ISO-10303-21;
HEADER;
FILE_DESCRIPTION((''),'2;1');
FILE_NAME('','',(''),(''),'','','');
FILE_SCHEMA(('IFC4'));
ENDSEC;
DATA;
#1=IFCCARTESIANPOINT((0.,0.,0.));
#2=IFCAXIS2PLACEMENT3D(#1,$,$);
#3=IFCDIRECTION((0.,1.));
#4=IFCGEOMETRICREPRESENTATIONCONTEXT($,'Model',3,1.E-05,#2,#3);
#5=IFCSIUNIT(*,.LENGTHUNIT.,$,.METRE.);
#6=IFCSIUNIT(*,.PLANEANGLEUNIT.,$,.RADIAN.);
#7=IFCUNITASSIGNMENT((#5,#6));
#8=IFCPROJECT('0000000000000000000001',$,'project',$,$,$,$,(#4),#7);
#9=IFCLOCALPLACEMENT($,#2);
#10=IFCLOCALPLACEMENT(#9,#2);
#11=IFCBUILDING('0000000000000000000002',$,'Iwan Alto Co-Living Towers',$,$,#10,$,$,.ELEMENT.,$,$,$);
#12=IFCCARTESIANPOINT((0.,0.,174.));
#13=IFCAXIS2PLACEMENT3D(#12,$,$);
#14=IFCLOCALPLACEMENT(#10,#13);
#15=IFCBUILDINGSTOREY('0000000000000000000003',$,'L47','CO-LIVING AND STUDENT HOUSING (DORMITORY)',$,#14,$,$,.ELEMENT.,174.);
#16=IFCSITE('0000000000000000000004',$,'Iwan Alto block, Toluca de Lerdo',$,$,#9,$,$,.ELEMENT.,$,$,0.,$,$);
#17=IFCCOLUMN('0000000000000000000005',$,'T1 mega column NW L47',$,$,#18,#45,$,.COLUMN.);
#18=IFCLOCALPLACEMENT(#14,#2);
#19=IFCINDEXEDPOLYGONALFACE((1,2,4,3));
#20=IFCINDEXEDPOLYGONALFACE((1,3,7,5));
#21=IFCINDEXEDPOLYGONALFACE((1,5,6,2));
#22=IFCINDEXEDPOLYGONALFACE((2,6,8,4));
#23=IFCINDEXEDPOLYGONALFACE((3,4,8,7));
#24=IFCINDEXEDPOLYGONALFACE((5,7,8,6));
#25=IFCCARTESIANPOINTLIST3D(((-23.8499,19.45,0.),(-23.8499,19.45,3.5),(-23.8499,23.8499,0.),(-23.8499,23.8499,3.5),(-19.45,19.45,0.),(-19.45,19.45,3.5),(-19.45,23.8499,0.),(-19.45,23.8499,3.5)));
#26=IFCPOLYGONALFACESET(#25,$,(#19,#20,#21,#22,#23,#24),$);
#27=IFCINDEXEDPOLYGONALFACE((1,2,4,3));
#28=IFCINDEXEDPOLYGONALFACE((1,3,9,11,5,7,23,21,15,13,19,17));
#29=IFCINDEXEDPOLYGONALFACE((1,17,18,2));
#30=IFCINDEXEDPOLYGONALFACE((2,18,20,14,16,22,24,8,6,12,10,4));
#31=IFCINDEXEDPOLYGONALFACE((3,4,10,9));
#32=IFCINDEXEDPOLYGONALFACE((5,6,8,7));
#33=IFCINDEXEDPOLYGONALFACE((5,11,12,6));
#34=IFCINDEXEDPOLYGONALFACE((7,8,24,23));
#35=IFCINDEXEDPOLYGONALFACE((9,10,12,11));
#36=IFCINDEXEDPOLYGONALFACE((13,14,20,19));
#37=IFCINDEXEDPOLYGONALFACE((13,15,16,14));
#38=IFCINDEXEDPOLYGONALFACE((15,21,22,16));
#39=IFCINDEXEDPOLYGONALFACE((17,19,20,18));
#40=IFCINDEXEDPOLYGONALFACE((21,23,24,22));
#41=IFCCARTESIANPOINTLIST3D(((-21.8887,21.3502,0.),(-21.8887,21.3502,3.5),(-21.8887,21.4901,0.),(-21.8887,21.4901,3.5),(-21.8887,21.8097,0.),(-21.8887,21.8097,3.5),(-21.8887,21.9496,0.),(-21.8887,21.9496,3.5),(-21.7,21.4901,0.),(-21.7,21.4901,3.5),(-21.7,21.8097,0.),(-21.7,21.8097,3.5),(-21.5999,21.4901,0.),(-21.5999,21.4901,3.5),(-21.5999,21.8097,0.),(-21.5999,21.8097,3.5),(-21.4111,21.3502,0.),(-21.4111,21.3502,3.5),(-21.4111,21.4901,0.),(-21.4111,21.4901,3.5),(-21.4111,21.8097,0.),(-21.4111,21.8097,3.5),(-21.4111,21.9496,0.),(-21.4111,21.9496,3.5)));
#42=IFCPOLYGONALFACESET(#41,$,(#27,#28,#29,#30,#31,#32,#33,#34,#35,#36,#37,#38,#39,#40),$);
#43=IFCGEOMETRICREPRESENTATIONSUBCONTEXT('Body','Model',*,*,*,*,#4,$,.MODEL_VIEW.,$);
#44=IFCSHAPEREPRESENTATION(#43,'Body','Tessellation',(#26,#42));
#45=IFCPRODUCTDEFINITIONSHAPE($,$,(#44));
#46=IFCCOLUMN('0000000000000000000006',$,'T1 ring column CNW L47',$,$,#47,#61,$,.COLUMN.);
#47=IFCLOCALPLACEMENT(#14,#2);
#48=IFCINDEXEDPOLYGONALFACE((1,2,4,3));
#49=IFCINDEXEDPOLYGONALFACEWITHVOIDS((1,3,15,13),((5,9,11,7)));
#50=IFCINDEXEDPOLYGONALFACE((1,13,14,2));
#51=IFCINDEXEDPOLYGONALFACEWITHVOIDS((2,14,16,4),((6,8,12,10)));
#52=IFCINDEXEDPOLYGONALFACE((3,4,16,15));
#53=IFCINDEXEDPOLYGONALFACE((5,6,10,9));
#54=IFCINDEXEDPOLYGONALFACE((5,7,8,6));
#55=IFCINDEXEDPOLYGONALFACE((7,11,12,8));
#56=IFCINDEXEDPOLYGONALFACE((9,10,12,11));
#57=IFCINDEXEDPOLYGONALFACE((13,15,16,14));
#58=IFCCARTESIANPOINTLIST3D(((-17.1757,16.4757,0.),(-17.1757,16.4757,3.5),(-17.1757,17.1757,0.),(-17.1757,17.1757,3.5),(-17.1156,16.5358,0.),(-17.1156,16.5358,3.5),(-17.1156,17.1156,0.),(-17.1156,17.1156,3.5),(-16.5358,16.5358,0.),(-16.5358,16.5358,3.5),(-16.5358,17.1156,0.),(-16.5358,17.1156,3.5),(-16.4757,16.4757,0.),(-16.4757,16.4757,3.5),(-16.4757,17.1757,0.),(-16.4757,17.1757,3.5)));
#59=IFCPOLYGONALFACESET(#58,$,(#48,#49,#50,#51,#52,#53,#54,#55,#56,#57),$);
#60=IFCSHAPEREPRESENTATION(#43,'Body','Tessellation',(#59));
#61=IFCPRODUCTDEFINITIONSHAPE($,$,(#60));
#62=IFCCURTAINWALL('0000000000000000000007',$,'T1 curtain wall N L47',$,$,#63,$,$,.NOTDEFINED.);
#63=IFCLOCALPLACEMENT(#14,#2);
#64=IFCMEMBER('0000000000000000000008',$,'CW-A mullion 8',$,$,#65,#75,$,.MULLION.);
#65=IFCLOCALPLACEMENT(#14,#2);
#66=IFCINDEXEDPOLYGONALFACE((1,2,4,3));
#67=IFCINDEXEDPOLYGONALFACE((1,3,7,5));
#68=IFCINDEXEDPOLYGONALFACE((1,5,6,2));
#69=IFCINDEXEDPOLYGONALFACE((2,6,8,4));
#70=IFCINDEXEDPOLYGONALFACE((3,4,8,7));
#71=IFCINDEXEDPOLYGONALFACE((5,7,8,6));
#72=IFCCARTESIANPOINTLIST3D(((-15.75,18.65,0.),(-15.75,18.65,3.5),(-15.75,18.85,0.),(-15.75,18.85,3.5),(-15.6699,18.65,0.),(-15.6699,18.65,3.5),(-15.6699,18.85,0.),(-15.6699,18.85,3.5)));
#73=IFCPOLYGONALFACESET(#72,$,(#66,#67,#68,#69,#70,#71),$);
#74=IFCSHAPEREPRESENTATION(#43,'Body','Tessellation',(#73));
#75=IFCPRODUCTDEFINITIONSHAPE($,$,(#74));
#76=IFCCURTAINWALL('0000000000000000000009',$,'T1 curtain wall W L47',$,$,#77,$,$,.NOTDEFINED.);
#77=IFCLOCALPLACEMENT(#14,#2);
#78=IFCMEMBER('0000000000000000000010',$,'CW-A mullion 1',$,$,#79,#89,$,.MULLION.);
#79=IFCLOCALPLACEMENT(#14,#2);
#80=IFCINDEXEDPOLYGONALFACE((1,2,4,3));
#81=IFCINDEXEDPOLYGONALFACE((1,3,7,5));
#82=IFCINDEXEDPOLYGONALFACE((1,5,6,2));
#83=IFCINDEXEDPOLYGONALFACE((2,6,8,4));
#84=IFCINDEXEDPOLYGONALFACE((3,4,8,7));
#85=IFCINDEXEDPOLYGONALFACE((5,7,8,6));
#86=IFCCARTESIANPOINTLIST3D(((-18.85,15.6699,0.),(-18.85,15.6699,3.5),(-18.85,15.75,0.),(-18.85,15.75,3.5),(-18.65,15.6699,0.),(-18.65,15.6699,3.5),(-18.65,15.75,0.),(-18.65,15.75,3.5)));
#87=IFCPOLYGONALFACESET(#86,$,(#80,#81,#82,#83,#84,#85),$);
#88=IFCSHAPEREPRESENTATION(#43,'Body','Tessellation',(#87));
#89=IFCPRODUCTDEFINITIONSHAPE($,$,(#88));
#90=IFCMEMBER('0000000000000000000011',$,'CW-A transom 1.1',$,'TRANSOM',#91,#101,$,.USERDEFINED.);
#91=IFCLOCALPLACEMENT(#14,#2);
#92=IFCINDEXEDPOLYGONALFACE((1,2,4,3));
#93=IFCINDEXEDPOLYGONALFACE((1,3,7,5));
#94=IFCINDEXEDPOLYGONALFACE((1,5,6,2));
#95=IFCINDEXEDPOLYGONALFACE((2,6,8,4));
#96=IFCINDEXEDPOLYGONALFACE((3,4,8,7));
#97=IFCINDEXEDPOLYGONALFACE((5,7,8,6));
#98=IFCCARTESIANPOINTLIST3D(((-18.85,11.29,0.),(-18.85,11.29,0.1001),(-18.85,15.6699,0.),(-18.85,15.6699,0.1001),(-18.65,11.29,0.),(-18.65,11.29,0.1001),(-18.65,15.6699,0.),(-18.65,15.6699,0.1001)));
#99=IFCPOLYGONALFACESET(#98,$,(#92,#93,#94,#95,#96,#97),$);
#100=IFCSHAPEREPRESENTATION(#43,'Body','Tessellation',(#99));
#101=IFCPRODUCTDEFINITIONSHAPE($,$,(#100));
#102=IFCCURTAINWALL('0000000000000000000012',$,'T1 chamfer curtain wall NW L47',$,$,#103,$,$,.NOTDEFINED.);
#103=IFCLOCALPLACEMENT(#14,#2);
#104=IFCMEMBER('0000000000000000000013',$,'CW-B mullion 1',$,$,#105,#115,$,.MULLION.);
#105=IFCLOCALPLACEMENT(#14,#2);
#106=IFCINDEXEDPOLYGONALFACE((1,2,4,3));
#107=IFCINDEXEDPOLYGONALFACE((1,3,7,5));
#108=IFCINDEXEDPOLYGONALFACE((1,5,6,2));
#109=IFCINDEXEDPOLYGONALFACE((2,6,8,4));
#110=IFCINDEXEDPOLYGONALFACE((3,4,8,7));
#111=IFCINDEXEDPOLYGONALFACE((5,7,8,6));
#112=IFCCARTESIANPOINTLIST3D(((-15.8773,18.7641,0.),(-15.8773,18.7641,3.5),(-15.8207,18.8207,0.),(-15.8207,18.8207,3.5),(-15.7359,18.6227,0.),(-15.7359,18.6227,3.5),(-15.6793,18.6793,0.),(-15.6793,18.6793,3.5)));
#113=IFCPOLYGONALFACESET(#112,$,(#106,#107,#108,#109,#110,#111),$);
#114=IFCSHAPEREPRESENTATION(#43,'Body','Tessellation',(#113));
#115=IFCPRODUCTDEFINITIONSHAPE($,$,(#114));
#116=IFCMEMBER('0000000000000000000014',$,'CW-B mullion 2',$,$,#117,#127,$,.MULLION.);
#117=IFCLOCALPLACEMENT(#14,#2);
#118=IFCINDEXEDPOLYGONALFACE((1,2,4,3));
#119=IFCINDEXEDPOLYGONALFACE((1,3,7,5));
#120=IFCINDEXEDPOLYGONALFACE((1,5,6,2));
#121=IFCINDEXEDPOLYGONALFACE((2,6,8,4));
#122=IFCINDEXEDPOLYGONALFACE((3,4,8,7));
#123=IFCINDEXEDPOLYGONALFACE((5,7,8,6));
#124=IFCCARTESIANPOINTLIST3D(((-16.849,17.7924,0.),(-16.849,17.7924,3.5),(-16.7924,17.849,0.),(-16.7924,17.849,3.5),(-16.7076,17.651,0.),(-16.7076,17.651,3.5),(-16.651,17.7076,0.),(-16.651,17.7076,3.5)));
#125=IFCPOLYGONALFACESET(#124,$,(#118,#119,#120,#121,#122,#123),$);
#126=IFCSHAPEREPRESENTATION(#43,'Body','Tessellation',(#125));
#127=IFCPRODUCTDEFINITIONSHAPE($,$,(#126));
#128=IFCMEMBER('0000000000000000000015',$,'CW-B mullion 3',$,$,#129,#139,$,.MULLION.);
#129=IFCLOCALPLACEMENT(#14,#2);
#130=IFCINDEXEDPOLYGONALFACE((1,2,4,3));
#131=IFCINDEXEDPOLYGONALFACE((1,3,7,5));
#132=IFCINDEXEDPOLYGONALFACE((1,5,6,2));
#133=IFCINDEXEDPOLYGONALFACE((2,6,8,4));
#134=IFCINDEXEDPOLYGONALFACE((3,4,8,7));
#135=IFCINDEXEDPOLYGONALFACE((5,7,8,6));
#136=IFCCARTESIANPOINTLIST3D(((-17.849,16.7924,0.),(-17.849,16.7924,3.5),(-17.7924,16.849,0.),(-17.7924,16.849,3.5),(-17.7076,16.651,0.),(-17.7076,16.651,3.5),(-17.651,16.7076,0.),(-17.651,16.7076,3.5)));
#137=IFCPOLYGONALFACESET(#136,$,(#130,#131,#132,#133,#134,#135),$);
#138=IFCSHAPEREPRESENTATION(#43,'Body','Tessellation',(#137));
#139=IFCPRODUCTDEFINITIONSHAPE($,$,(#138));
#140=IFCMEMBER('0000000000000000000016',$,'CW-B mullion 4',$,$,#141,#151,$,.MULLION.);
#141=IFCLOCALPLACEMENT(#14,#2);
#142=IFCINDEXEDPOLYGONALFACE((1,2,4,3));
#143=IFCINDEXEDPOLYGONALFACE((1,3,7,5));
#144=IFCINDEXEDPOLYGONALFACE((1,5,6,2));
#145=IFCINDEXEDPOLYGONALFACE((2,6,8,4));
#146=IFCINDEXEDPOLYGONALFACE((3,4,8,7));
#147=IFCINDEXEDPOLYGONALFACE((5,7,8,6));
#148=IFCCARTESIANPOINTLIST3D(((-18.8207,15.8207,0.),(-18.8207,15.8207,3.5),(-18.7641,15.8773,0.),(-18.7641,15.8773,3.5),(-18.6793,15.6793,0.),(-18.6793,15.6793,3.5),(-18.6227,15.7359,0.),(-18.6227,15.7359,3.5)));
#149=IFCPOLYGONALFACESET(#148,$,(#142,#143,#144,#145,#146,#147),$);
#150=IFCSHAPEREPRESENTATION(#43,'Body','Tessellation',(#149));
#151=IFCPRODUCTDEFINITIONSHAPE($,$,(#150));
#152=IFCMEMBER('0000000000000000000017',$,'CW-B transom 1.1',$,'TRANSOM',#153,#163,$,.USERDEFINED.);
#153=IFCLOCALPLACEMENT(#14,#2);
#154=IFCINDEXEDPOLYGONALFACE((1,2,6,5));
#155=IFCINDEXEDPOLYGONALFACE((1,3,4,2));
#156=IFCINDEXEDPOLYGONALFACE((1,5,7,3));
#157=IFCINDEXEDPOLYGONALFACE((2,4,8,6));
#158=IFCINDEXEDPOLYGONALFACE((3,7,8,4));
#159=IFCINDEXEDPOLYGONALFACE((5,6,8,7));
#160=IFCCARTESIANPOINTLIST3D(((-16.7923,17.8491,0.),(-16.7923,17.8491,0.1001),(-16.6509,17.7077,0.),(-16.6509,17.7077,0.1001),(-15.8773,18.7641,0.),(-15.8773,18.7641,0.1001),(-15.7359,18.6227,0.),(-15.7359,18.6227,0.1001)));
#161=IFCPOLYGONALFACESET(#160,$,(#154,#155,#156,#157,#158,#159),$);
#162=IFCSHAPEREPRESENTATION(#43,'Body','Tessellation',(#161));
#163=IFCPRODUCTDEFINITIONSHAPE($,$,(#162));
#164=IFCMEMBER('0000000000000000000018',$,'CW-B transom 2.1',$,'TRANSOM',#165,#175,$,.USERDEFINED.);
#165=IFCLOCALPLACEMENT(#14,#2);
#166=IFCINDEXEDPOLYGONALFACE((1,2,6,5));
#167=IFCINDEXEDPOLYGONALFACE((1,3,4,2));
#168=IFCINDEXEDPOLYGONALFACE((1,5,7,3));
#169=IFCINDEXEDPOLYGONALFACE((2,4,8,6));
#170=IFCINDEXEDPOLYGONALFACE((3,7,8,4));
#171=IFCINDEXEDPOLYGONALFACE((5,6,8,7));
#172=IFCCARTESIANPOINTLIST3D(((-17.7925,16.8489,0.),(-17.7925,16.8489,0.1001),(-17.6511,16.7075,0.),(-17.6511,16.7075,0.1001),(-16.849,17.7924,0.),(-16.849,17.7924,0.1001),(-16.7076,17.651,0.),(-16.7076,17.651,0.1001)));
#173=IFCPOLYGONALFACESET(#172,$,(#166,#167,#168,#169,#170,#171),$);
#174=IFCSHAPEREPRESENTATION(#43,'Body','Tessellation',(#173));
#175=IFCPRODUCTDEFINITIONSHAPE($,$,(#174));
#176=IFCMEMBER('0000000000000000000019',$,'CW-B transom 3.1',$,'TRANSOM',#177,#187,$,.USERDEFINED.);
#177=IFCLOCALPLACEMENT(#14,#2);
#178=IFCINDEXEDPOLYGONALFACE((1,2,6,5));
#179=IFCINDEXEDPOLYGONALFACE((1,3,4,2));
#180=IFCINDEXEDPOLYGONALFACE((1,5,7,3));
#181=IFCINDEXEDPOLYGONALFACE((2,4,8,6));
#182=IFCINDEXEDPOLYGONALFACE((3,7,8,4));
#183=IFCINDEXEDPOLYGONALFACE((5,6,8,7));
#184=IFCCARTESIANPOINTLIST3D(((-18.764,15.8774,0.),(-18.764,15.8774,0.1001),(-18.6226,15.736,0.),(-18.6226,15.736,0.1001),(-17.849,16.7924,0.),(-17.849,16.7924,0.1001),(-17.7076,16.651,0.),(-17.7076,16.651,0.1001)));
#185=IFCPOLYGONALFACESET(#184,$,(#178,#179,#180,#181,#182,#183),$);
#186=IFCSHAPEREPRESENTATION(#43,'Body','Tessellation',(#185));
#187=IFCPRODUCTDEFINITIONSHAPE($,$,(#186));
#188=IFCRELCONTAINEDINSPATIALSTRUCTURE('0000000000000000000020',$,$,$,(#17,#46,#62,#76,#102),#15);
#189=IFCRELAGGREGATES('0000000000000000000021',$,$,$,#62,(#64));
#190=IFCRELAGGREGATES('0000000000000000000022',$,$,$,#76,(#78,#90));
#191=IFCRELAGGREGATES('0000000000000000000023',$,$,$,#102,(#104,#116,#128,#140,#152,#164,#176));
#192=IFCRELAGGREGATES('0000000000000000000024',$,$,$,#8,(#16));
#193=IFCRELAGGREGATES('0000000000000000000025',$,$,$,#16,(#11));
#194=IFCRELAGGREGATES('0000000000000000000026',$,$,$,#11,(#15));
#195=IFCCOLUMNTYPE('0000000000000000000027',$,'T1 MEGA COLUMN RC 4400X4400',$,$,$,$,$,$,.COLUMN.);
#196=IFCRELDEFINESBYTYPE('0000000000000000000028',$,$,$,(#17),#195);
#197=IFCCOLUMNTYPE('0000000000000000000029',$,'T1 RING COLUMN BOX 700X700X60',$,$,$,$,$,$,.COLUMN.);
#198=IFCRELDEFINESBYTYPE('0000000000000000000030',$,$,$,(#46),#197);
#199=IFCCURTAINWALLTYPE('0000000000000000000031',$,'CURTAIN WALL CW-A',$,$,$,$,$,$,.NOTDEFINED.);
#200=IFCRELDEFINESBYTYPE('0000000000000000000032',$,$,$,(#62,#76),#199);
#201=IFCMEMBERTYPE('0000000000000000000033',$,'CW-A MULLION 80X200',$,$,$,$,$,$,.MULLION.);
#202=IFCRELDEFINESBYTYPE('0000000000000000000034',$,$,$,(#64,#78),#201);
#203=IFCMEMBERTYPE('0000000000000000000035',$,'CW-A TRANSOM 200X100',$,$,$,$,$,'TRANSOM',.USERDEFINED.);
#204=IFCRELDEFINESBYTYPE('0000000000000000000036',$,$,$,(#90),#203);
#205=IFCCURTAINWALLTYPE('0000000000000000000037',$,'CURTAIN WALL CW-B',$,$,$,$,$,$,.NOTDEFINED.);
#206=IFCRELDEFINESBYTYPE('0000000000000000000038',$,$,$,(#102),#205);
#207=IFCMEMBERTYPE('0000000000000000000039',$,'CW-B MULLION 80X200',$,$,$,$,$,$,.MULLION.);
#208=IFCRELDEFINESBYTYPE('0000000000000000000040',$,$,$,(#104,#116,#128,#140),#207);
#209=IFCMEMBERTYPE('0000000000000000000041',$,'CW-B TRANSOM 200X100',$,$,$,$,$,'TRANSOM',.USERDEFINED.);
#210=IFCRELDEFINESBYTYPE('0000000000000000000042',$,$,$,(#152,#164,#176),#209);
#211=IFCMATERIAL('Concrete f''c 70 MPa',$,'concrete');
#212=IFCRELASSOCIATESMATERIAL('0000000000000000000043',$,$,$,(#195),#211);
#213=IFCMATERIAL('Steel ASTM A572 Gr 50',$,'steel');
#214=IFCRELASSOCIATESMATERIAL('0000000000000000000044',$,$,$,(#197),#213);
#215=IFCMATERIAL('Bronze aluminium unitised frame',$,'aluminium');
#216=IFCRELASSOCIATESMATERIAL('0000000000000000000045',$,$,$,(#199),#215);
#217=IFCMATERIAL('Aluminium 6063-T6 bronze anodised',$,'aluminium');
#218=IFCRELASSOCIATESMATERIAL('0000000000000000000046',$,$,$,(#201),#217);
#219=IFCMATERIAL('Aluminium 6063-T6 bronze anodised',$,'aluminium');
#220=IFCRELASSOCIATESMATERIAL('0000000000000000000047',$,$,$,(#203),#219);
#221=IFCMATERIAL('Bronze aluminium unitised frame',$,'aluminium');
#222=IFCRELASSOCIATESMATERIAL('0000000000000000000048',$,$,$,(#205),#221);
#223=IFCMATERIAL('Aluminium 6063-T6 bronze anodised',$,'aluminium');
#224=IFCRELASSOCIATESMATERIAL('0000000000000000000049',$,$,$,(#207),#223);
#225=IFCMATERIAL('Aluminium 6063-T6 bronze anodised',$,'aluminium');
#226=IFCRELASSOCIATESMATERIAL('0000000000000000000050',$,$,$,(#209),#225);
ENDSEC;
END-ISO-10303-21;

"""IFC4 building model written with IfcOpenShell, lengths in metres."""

from ifc_helpers import new_model, si_unit, direction, frame, origin, origin_2d, place, context, subcontext, project, spatial, rectangle, hollow_rectangle, i_section, extrude, material, material_profile, profile_set, type_object, element, aggregate, save


model = new_model("IFC4")

# Units and contexts
model_context = context("Model", 3, precision=1e-05, world=origin(), true_north=direction((0.0, 1.0)))
body_context = subcontext(model_context, "Body", "Model", "MODEL_VIEW")
ifc_project = project(units=[si_unit("LENGTHUNIT", "METRE"), si_unit("PLANEANGLEUNIT", "RADIAN")], contexts=[model_context])

# Site, building, storey
site_placement = place(None, origin())
site = spatial("IfcSite", under=ifc_project, at=site_placement, Name="Iwan Alto block, Toluca de Lerdo", CompositionType="ELEMENT", RefElevation=0.0)
building_placement = place(site_placement, origin())
building = spatial("IfcBuilding", under=site, at=building_placement, Name="Iwan Alto Co-Living Towers", CompositionType="ELEMENT")
storey_placement = place(building_placement, frame((0.0, 0.0, 174.0)))
storey = spatial("IfcBuildingStorey", under=building, at=storey_placement, Name="L47", Description="CO-LIVING AND STUDENT HOUSING (DORMITORY)", CompositionType="ELEMENT", Elevation=174.0)

# Columns
ifc_material_1 = material(Name="Concrete f'c 70 MPa", Category="concrete")
ifc_material_profile_1 = material_profile(ifc_material_1, rectangle(XDim=4.3999, YDim=4.3999, at=origin_2d()), Name="RC 4400X4400")
ifc_profile_set_1 = profile_set([ifc_material_profile_1], Name="Concrete f'c 70 MPa")
column_type_1 = type_object("IfcColumnType", Name="T1 MEGA COLUMN RC 4400X4400", PredefinedType="COLUMN", material=ifc_profile_set_1)
column_1_placement = place(storey_placement, frame((-21.6499, 21.6499, 0.0), z_axis=(0.0, 0.0, 1.0), x_axis=(1.0, 0.0, 0.0)))
element("IfcColumn", 1, at=column_1_placement, inside=storey, type_object=column_type_1, Name="T1 mega column NW L47", PredefinedType="COLUMN", context=body_context, shape_type="SweptSolid", body=[
    extrude(rectangle(XDim=4.3999, YDim=4.3999, at=origin_2d()), origin(), (0.0, 0.0, 1.0), 3.5),
    extrude(i_section(OverallWidth=0.4775, OverallDepth=0.5994, WebThickness=0.1001, FlangeThickness=0.1399, at=origin_2d()), origin(), (0.0, 0.0, 1.0), 3.5),
])
ifc_material_2 = material(Name="Steel ASTM A572 Gr 50", Category="steel")
ifc_material_profile_2 = material_profile(ifc_material_2, hollow_rectangle(XDim=0.7, YDim=0.7, WallThickness=0.0601, at=origin_2d()), Name="BOX 700X700X60")
ifc_profile_set_2 = profile_set([ifc_material_profile_2], Name="Steel ASTM A572 Gr 50")
column_type_2 = type_object("IfcColumnType", Name="T1 RING COLUMN BOX 700X700X60", PredefinedType="COLUMN", material=ifc_profile_set_2)
column_2_placement = place(storey_placement, frame((-16.8257, 16.8257, 0.0), z_axis=(0.0, 0.0, 1.0), x_axis=(1.0, 0.0, 0.0)))
element("IfcColumn", 2, at=column_2_placement, inside=storey, type_object=column_type_2, Name="T1 ring column CNW L47", PredefinedType="COLUMN", context=body_context, shape_type="SweptSolid", body=[
    extrude(hollow_rectangle(XDim=0.7, YDim=0.7, WallThickness=0.0601, at=origin_2d()), origin(), (0.0, 0.0, 1.0), 3.5),
])

# Curtain wall, member
ifc_material_3 = material(Name="Bronze aluminium unitised frame", Category="aluminium")
curtain_wall_type_1 = type_object("IfcCurtainWallType", Name="CURTAIN WALL CW-A", PredefinedType="NOTDEFINED", material=ifc_material_3)
curtain_wall_1_placement = place(storey_placement, origin())
curtain_wall_1 = element("IfcCurtainWall", 3, at=curtain_wall_1_placement, inside=storey, type_object=curtain_wall_type_1, Name="T1 curtain wall N L47", PredefinedType="NOTDEFINED")
ifc_material_4 = material(Name="Aluminium 6063-T6 bronze anodised", Category="aluminium")
ifc_material_profile_3 = material_profile(ifc_material_4, rectangle(XDim=0.2, YDim=0.0801, at=origin_2d()), Name="AL 80X200")
ifc_profile_set_3 = profile_set([ifc_material_profile_3], Name="Aluminium 6063-T6 bronze anodised")
member_type_1 = type_object("IfcMemberType", Name="CW-A MULLION 80X200", PredefinedType="MULLION", material=ifc_profile_set_3)
member_1_placement = place(storey_placement, frame((-15.71, 18.75, 0.0), z_axis=(0.0, 0.0, 1.0), x_axis=(0.0, -1.0, 0.0)))
member_1 = element("IfcMember", 4, at=member_1_placement, type_object=member_type_1, Name="CW-A mullion 8", PredefinedType="MULLION", context=body_context, shape_type="SweptSolid", body=[
    extrude(rectangle(XDim=0.2, YDim=0.0801, at=origin_2d()), origin(), (0.0, 0.0, 1.0), 3.5),
])
aggregate(curtain_wall_1, [member_1])

# Curtain walls, members
curtain_wall_2_placement = place(storey_placement, origin())
curtain_wall_2 = element("IfcCurtainWall", 5, at=curtain_wall_2_placement, inside=storey, type_object=curtain_wall_type_1, Name="T1 curtain wall W L47", PredefinedType="NOTDEFINED")
member_2_placement = place(storey_placement, frame((-18.75, 15.71, 0.0), z_axis=(0.0, 0.0, 1.0), x_axis=(1.0, 0.0, 0.0)))
member_2 = element("IfcMember", 6, at=member_2_placement, type_object=member_type_1, Name="CW-A mullion 1", PredefinedType="MULLION", context=body_context, shape_type="SweptSolid", body=[
    extrude(rectangle(XDim=0.2, YDim=0.0801, at=origin_2d()), origin(), (0.0, 0.0, 1.0), 3.5),
])
ifc_material_5 = material(Name="Aluminium 6063-T6 bronze anodised", Category="aluminium")
ifc_material_profile_4 = material_profile(ifc_material_5, rectangle(XDim=0.2, YDim=0.1001, at=origin_2d()), Name="AL 200X100")
ifc_profile_set_4 = profile_set([ifc_material_profile_4], Name="Aluminium 6063-T6 bronze anodised")
member_type_2 = type_object("IfcMemberType", Name="CW-A TRANSOM 200X100", ElementType="TRANSOM", PredefinedType="USERDEFINED", material=ifc_profile_set_4)
member_3_placement = place(storey_placement, frame((-18.75, 15.6699, 0.05), z_axis=(0.0, -1.0, 0.0), x_axis=(1.0, 0.0, 0.0)))
member_3 = element("IfcMember", 7, at=member_3_placement, type_object=member_type_2, Name="CW-A transom 1.1", ObjectType="TRANSOM", PredefinedType="USERDEFINED", context=body_context, shape_type="SweptSolid", body=[
    extrude(rectangle(XDim=0.2, YDim=0.1001, at=origin_2d()), origin(), (0.0, 0.0, 1.0), 4.3799),
])
ifc_material_6 = material(Name="Bronze aluminium unitised frame", Category="aluminium")
curtain_wall_type_2 = type_object("IfcCurtainWallType", Name="CURTAIN WALL CW-B", PredefinedType="NOTDEFINED", material=ifc_material_6)
curtain_wall_3_placement = place(storey_placement, origin())
curtain_wall_3 = element("IfcCurtainWall", 8, at=curtain_wall_3_placement, inside=storey, type_object=curtain_wall_type_2, Name="T1 chamfer curtain wall NW L47", PredefinedType="NOTDEFINED")
ifc_material_7 = material(Name="Aluminium 6063-T6 bronze anodised", Category="aluminium")
ifc_material_profile_5 = material_profile(ifc_material_7, rectangle(XDim=0.2, YDim=0.0801, at=origin_2d()), Name="AL 80X200")
ifc_profile_set_5 = profile_set([ifc_material_profile_5], Name="Aluminium 6063-T6 bronze anodised")
member_type_3 = type_object("IfcMemberType", Name="CW-B MULLION 80X200", PredefinedType="MULLION", material=ifc_profile_set_5)
member_4_placement = place(storey_placement, frame((-15.7783, 18.7217, 0.0), z_axis=(0.0, 0.0, 1.0), x_axis=(0.707107, -0.707107, 0.0)))
member_4 = element("IfcMember", 9, at=member_4_placement, type_object=member_type_3, Name="CW-B mullion 1", PredefinedType="MULLION", context=body_context, shape_type="SweptSolid", body=[
    extrude(rectangle(XDim=0.2, YDim=0.0801, at=origin_2d()), origin(), (0.0, 0.0, 1.0), 3.5),
])
member_5_placement = place(storey_placement, frame((-16.75, 17.75, 0.0), z_axis=(0.0, 0.0, 1.0), x_axis=(0.707107, -0.707107, 0.0)))
member_5 = element("IfcMember", 10, at=member_5_placement, type_object=member_type_3, Name="CW-B mullion 2", PredefinedType="MULLION", context=body_context, shape_type="SweptSolid", body=[
    extrude(rectangle(XDim=0.2, YDim=0.0801, at=origin_2d()), origin(), (0.0, 0.0, 1.0), 3.5),
])
member_6_placement = place(storey_placement, frame((-17.75, 16.75, 0.0), z_axis=(0.0, 0.0, 1.0), x_axis=(0.707107, -0.707107, 0.0)))
member_6 = element("IfcMember", 11, at=member_6_placement, type_object=member_type_3, Name="CW-B mullion 3", PredefinedType="MULLION", context=body_context, shape_type="SweptSolid", body=[
    extrude(rectangle(XDim=0.2, YDim=0.0801, at=origin_2d()), origin(), (0.0, 0.0, 1.0), 3.5),
])
member_7_placement = place(storey_placement, frame((-18.7217, 15.7783, 0.0), z_axis=(0.0, 0.0, 1.0), x_axis=(0.707107, -0.707107, 0.0)))
member_7 = element("IfcMember", 12, at=member_7_placement, type_object=member_type_3, Name="CW-B mullion 4", PredefinedType="MULLION", context=body_context, shape_type="SweptSolid", body=[
    extrude(rectangle(XDim=0.2, YDim=0.0801, at=origin_2d()), origin(), (0.0, 0.0, 1.0), 3.5),
])
ifc_material_8 = material(Name="Aluminium 6063-T6 bronze anodised", Category="aluminium")
ifc_material_profile_6 = material_profile(ifc_material_8, rectangle(XDim=0.2, YDim=0.1001, at=origin_2d()), Name="AL 200X100")
ifc_profile_set_6 = profile_set([ifc_material_profile_6], Name="Aluminium 6063-T6 bronze anodised")
member_type_4 = type_object("IfcMemberType", Name="CW-B TRANSOM 200X100", ElementType="TRANSOM", PredefinedType="USERDEFINED", material=ifc_profile_set_6)
member_8_placement = place(storey_placement, frame((-15.8066, 18.6934, 0.05), z_axis=(-0.707107, -0.707107, 0.0), x_axis=(0.707107, -0.707107, 0.0)))
member_8 = element("IfcMember", 13, at=member_8_placement, type_object=member_type_4, Name="CW-B transom 1.1", ObjectType="TRANSOM", PredefinedType="USERDEFINED", context=body_context, shape_type="SweptSolid", body=[
    extrude(rectangle(XDim=0.2, YDim=0.1001, at=origin_2d()), origin(), (0.0, 0.0, 1.0), 1.2939),
])
member_9_placement = place(storey_placement, frame((-16.7783, 17.7217, 0.05), z_axis=(-0.707107, -0.707107, 0.0), x_axis=(0.707107, -0.707107, 0.0)))
member_9 = element("IfcMember", 14, at=member_9_placement, type_object=member_type_4, Name="CW-B transom 2.1", ObjectType="TRANSOM", PredefinedType="USERDEFINED", context=body_context, shape_type="SweptSolid", body=[
    extrude(rectangle(XDim=0.2, YDim=0.1001, at=origin_2d()), origin(), (0.0, 0.0, 1.0), 1.3342),
])
member_10_placement = place(storey_placement, frame((-17.7783, 16.7217, 0.05), z_axis=(-0.707107, -0.707107, 0.0), x_axis=(0.707107, -0.707107, 0.0)))
member_10 = element("IfcMember", 15, at=member_10_placement, type_object=member_type_4, Name="CW-B transom 3.1", ObjectType="TRANSOM", PredefinedType="USERDEFINED", context=body_context, shape_type="SweptSolid", body=[
    extrude(rectangle(XDim=0.2, YDim=0.1001, at=origin_2d()), origin(), (0.0, 0.0, 1.0), 1.2939),
])

aggregate(curtain_wall_2, [member_2, member_3])
aggregate(curtain_wall_3, [member_4, member_5, member_6, member_7, member_8, member_9, member_10])

save(model, "model.ifc")
